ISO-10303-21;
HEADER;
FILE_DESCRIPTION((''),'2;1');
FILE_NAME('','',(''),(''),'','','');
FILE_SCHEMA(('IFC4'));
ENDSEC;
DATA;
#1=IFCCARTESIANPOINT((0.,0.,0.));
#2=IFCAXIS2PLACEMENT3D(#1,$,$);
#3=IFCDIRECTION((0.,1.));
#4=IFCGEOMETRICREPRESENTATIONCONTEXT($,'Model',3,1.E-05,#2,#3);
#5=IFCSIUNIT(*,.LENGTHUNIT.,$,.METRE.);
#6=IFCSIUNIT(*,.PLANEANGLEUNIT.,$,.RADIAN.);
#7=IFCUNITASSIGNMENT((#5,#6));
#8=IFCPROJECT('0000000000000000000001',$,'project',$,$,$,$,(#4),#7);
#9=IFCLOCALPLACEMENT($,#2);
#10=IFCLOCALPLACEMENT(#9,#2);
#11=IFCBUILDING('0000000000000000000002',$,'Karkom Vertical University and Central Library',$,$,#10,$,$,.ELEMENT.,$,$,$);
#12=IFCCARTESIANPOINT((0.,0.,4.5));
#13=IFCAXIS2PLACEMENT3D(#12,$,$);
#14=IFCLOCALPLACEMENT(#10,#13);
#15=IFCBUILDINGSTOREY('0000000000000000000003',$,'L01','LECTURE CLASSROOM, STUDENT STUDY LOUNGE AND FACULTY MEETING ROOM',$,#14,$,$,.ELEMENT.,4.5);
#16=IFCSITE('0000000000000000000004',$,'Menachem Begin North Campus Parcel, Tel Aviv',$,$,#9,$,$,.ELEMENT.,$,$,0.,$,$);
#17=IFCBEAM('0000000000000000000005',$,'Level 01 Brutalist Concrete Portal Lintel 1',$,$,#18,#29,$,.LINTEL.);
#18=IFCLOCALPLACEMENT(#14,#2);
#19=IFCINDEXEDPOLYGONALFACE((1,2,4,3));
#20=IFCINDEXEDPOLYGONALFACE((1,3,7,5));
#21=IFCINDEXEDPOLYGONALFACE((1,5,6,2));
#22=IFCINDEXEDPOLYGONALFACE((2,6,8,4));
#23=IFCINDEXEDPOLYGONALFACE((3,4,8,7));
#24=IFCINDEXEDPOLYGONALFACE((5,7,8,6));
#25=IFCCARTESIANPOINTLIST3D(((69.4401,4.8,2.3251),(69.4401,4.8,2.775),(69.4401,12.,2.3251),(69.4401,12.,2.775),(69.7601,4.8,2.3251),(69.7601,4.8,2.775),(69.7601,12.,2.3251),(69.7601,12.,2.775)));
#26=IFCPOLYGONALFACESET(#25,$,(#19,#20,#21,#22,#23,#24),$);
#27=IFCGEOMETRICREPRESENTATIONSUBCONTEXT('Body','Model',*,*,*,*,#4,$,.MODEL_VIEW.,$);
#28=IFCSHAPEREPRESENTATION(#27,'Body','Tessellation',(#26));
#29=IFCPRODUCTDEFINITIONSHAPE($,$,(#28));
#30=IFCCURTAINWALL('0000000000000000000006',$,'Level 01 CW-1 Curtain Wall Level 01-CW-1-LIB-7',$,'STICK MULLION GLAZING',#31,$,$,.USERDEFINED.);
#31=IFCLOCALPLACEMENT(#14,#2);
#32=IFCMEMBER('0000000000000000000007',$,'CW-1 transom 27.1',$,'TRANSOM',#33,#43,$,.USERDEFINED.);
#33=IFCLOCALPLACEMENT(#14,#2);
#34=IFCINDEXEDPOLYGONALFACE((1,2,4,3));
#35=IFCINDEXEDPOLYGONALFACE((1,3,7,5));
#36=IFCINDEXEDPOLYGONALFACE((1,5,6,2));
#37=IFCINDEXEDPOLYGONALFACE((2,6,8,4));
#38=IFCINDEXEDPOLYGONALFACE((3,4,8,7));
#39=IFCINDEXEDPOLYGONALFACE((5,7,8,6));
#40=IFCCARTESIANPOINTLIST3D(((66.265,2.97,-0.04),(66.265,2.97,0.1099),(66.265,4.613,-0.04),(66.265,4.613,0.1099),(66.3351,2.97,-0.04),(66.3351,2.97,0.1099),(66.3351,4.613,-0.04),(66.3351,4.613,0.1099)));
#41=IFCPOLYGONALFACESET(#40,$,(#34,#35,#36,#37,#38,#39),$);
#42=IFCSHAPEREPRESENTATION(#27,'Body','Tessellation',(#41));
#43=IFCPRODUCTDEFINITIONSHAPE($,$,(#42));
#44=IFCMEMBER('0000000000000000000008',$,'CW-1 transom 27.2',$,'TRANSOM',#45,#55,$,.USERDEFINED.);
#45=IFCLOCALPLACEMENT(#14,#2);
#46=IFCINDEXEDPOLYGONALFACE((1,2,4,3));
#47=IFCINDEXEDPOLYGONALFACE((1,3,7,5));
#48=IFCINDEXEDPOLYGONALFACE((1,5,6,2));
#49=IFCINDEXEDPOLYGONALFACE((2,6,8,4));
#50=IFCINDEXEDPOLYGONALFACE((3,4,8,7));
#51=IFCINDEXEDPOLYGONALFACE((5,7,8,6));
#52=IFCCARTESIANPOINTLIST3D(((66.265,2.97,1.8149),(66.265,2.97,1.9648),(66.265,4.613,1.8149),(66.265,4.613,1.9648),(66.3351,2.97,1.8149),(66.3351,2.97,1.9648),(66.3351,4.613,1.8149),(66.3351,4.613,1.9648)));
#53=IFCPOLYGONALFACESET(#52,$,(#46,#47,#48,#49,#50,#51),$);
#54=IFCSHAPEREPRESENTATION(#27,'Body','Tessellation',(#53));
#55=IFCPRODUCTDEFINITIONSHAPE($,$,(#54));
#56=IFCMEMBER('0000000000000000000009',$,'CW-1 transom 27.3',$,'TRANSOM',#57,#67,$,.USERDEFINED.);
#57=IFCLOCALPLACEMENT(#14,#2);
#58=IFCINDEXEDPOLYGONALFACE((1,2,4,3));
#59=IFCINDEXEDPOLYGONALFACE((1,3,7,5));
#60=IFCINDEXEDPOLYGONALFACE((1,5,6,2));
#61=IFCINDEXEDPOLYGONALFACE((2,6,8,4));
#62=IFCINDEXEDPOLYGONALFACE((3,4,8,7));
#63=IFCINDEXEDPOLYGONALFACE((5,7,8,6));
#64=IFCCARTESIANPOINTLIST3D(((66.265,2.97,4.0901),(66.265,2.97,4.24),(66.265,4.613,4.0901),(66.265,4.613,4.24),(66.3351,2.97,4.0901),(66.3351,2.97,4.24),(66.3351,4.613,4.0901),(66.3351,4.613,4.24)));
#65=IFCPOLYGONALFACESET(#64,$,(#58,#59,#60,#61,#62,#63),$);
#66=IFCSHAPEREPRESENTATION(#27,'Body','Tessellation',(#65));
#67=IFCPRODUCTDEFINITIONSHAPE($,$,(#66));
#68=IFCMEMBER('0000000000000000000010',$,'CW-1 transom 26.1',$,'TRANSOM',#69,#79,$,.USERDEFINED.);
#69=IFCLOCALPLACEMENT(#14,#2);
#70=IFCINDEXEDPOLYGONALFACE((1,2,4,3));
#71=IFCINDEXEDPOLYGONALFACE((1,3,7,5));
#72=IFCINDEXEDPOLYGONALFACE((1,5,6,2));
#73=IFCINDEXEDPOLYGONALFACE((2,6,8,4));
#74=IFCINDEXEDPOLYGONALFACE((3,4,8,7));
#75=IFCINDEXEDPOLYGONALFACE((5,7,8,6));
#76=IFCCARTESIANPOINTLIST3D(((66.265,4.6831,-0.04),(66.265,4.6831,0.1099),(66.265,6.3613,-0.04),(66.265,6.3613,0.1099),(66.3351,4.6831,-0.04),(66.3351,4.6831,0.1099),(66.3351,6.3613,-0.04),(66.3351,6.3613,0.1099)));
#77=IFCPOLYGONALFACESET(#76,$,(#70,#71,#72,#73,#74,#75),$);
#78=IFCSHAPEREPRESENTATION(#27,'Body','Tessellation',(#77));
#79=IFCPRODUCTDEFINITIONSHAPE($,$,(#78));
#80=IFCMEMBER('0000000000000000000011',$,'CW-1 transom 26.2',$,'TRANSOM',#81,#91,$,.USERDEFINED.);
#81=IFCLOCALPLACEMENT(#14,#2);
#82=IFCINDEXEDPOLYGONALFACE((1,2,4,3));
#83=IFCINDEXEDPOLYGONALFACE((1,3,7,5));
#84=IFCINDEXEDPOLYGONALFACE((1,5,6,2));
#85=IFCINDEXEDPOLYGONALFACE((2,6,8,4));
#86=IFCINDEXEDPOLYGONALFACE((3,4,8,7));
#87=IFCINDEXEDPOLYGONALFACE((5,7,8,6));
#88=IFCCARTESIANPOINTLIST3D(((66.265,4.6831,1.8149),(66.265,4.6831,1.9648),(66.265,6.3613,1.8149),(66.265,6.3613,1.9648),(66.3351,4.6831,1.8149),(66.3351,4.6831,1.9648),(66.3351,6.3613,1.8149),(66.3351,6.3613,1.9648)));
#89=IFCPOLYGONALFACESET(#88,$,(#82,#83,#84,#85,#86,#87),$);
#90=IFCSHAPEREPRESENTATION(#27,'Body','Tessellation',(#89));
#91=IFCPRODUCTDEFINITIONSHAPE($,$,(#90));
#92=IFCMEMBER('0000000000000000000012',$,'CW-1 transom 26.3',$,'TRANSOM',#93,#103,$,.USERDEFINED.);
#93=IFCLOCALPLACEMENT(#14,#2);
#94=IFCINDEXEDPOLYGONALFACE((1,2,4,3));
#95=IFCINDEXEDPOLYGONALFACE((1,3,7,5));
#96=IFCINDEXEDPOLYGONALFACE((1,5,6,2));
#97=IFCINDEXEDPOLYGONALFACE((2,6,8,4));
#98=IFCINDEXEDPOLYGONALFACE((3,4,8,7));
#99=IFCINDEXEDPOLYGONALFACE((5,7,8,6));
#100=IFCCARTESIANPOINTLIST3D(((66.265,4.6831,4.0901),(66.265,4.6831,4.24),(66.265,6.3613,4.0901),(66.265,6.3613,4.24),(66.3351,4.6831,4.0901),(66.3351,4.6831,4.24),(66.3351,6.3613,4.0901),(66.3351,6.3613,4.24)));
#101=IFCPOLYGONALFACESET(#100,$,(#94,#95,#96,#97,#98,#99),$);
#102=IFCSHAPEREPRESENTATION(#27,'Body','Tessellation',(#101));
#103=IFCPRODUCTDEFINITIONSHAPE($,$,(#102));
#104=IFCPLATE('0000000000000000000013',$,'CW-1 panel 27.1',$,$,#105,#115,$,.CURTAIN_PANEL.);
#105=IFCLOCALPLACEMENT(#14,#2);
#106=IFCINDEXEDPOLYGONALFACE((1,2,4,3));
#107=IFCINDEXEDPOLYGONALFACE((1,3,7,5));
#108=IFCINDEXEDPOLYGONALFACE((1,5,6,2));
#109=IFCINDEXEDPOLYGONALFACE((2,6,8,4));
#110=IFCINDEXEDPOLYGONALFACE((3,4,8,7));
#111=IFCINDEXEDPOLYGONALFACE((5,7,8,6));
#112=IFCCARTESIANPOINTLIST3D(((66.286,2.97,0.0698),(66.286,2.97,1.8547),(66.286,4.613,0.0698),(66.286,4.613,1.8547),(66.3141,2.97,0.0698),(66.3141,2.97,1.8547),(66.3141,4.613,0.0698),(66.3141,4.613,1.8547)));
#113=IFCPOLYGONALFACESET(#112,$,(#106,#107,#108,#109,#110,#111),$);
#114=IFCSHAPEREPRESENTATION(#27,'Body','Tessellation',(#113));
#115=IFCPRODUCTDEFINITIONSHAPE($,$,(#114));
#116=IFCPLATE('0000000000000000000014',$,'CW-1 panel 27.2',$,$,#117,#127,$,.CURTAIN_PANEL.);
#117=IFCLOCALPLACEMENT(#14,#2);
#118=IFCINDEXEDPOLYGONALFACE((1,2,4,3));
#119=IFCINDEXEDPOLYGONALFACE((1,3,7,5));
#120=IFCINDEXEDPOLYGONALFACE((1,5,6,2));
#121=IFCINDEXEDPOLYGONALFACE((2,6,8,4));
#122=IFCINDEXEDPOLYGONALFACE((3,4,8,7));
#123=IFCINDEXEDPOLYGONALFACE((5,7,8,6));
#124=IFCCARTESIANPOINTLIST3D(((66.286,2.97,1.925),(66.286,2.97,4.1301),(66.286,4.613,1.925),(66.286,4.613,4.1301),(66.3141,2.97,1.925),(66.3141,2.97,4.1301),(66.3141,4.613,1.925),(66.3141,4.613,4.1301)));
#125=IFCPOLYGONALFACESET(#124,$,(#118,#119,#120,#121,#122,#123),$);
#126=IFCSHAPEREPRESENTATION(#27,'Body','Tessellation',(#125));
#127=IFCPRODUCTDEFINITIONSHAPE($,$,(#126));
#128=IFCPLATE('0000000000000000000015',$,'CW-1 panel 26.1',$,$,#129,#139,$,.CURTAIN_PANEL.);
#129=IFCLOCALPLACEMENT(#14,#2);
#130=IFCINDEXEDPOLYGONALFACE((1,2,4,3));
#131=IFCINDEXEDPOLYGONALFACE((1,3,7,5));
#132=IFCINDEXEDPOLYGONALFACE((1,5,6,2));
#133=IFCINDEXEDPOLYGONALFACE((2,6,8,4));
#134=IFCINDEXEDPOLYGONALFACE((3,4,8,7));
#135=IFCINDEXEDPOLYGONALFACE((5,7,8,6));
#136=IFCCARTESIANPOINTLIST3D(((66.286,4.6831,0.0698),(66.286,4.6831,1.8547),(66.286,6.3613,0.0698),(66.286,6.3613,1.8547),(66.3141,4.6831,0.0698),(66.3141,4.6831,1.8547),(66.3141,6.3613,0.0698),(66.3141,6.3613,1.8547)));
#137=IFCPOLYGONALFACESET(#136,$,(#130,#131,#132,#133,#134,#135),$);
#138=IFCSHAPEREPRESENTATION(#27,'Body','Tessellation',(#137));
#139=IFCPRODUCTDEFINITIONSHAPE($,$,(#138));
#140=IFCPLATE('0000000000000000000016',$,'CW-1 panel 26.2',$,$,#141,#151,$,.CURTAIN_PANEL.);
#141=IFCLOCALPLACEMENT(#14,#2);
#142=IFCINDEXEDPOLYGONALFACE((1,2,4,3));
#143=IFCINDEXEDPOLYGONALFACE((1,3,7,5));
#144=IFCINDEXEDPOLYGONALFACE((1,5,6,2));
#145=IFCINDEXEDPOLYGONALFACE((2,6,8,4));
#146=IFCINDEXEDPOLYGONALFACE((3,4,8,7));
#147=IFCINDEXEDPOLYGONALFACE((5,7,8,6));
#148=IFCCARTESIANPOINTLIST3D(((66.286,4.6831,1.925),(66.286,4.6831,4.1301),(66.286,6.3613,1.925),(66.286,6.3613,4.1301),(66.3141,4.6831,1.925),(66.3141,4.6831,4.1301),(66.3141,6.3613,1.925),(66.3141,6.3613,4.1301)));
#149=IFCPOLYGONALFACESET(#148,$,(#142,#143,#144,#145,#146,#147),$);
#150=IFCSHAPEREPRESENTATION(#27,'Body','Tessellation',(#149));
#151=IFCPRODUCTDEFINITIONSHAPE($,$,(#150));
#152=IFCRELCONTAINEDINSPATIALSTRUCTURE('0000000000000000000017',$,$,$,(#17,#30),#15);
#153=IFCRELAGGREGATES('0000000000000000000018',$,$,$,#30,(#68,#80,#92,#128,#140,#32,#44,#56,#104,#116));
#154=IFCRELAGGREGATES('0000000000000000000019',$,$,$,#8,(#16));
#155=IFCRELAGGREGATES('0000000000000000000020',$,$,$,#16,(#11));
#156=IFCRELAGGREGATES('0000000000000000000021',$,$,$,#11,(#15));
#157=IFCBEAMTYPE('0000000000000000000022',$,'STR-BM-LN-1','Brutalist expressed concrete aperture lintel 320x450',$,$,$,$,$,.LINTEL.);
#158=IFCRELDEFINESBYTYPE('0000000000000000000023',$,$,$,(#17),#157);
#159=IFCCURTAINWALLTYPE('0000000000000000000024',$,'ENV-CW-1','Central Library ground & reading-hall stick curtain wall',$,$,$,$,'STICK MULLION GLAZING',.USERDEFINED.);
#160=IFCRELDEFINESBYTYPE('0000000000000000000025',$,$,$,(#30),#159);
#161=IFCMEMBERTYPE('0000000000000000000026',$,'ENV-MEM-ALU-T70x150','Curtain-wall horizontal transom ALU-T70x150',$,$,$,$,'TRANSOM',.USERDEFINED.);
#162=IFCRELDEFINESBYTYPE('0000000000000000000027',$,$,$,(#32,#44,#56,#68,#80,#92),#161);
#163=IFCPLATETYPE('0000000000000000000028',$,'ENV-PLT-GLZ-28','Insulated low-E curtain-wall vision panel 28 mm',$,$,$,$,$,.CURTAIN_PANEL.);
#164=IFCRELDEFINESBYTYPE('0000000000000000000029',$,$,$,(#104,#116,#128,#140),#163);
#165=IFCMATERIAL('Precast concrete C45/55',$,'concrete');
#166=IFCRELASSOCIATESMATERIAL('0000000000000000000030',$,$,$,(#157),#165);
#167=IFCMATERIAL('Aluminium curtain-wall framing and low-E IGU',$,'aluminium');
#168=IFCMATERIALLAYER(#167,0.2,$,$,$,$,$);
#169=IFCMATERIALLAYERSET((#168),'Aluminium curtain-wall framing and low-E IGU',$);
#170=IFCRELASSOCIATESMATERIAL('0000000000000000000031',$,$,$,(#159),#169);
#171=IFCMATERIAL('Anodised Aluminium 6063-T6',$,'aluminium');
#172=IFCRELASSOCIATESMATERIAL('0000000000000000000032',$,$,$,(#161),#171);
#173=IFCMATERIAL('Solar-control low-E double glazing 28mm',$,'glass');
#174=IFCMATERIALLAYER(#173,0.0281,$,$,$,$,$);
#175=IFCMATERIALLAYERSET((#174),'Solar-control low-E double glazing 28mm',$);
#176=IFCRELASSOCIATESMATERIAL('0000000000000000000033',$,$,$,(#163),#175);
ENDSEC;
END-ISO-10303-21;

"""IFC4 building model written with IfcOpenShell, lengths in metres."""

from ifc_helpers import new_model, si_unit, direction, frame, origin, origin_with_axes, origin_2d, place, context, subcontext, project, spatial, rectangle, extrude, source, transform, mapped, material, layer, layer_set, material_profile, profile_set, type_object, element, aggregate, save


model = new_model("IFC4")

# Units and contexts
model_context = context("Model", 3, precision=1e-05, world=origin(), true_north=direction((0.0, 1.0)))
body_context = subcontext(model_context, "Body", "Model", "MODEL_VIEW")
ifc_project = project(units=[si_unit("LENGTHUNIT", "METRE"), si_unit("PLANEANGLEUNIT", "RADIAN")], contexts=[model_context])

# Site, building, storey
site_placement = place(None, origin())
site = spatial("IfcSite", under=ifc_project, at=site_placement, Name="Menachem Begin North Campus Parcel, Tel Aviv", CompositionType="ELEMENT", RefElevation=0.0)
building_placement = place(site_placement, origin())
building = spatial("IfcBuilding", under=site, at=building_placement, Name="Karkom Vertical University and Central Library", CompositionType="ELEMENT")
storey_placement = place(building_placement, frame((0.0, 0.0, 4.5)))
storey = spatial("IfcBuildingStorey", under=building, at=storey_placement, Name="L01", Description="LECTURE CLASSROOM, STUDENT STUDY LOUNGE AND FACULTY MEETING ROOM", CompositionType="ELEMENT", Elevation=4.5)

# Beam
ifc_material_1 = material(Name="Precast concrete C45/55", Category="concrete")
ifc_material_profile_1 = material_profile(ifc_material_1, rectangle(XDim=0.3201, YDim=0.45, at=origin_2d()), Name="RCL-320x450")
ifc_profile_set_1 = profile_set([ifc_material_profile_1], Name="Precast concrete C45/55")
beam_type_1 = type_object("IfcBeamType", Name="STR-BM-LN-1", Description="Brutalist expressed concrete aperture lintel 320x450", PredefinedType="LINTEL", material=ifc_profile_set_1)
shared_shape_1 = source(origin_with_axes(), body_context, "Body", "SweptSolid", [
    extrude(rectangle(XDim=0.3201, YDim=0.45, at=origin_2d()), origin(), (0.0, 0.0, 1.0), 7.2),
])
beam_1_placement = place(storey_placement, frame((69.6001, 4.8, 2.55), z_axis=(0.0, 1.0, 0.0), x_axis=(-1.0, 0.0, 0.0)))
element("IfcBeam", 1, at=beam_1_placement, inside=storey, type_object=beam_type_1, Name="Level 01 Brutalist Concrete Portal Lintel 1", PredefinedType="LINTEL", context=body_context, shape_type="MappedRepresentation", body=[
    mapped(shared_shape_1, transform((0.0, 0.0, 0.0), scale=1.0)),
])

# Curtain wall, members, plates
ifc_material_2 = material(Name="Aluminium curtain-wall framing and low-E IGU", Category="aluminium")
ifc_layer_1 = layer(ifc_material_2, 0.2)
ifc_layer_set_1 = layer_set([ifc_layer_1], Name="Aluminium curtain-wall framing and low-E IGU")
curtain_wall_type = type_object("IfcCurtainWallType", Name="ENV-CW-1", Description="Central Library ground & reading-hall stick curtain wall", ElementType="STICK MULLION GLAZING", PredefinedType="USERDEFINED", material=ifc_layer_set_1)
curtain_wall_placement = place(storey_placement, origin())
curtain_wall = element("IfcCurtainWall", 2, at=curtain_wall_placement, inside=storey, type_object=curtain_wall_type, Name="Level 01 CW-1 Curtain Wall Level 01-CW-1-LIB-7", ObjectType="STICK MULLION GLAZING", PredefinedType="USERDEFINED")
ifc_material_3 = material(Name="Anodised Aluminium 6063-T6", Category="aluminium")
ifc_material_profile_2 = material_profile(ifc_material_3, rectangle(XDim=0.0701, YDim=0.1499, at=origin_2d()), Name="ALU-T70x150")
ifc_profile_set_2 = profile_set([ifc_material_profile_2], Name="Anodised Aluminium 6063-T6")
member_type = type_object("IfcMemberType", Name="ENV-MEM-ALU-T70x150", Description="Curtain-wall horizontal transom ALU-T70x150", ElementType="TRANSOM", PredefinedType="USERDEFINED", material=ifc_profile_set_2)
shared_shape_2 = source(origin_with_axes(), body_context, "Body", "SweptSolid", [
    extrude(rectangle(XDim=0.0701, YDim=0.1499, at=origin_2d()), origin(), (0.0, 0.0, 1.0), 1.6431),
])
member_1_placement = place(storey_placement, frame((66.3, 4.613, 0.0349), z_axis=(0.0, -1.0, 0.0), x_axis=(1.0, 0.0, 0.0)))
member_1 = element("IfcMember", 3, at=member_1_placement, type_object=member_type, Name="CW-1 transom 27.1", ObjectType="TRANSOM", PredefinedType="USERDEFINED", context=body_context, shape_type="MappedRepresentation", body=[
    mapped(shared_shape_2, transform((0.0, 0.0, 0.0), scale=1.0)),
])
member_2_placement = place(storey_placement, frame((66.3, 4.613, 1.8899), z_axis=(0.0, -1.0, 0.0), x_axis=(1.0, 0.0, 0.0)))
member_2 = element("IfcMember", 4, at=member_2_placement, type_object=member_type, Name="CW-1 transom 27.2", ObjectType="TRANSOM", PredefinedType="USERDEFINED", context=body_context, shape_type="MappedRepresentation", body=[
    mapped(shared_shape_2, transform((0.0, 0.0, 0.0), scale=1.0)),
])
member_3_placement = place(storey_placement, frame((66.3, 4.613, 4.165), z_axis=(0.0, -1.0, 0.0), x_axis=(1.0, 0.0, 0.0)))
member_3 = element("IfcMember", 5, at=member_3_placement, type_object=member_type, Name="CW-1 transom 27.3", ObjectType="TRANSOM", PredefinedType="USERDEFINED", context=body_context, shape_type="MappedRepresentation", body=[
    mapped(shared_shape_2, transform((0.0, 0.0, 0.0), scale=1.0)),
])
shared_shape_3 = source(origin_with_axes(), body_context, "Body", "SweptSolid", [
    extrude(rectangle(XDim=0.0701, YDim=0.1499, at=origin_2d()), origin(), (0.0, 0.0, 1.0), 1.6782),
])
member_4_placement = place(storey_placement, frame((66.3, 6.3613, 0.0349), z_axis=(0.0, -1.0, 0.0), x_axis=(1.0, 0.0, 0.0)))
member_4 = element("IfcMember", 6, at=member_4_placement, type_object=member_type, Name="CW-1 transom 26.1", ObjectType="TRANSOM", PredefinedType="USERDEFINED", context=body_context, shape_type="MappedRepresentation", body=[
    mapped(shared_shape_3, transform((0.0, 0.0, 0.0), scale=1.0)),
])
member_5_placement = place(storey_placement, frame((66.3, 6.3613, 1.8899), z_axis=(0.0, -1.0, 0.0), x_axis=(1.0, 0.0, 0.0)))
member_5 = element("IfcMember", 7, at=member_5_placement, type_object=member_type, Name="CW-1 transom 26.2", ObjectType="TRANSOM", PredefinedType="USERDEFINED", context=body_context, shape_type="MappedRepresentation", body=[
    mapped(shared_shape_3, transform((0.0, 0.0, 0.0), scale=1.0)),
])
member_6_placement = place(storey_placement, frame((66.3, 6.3613, 4.165), z_axis=(0.0, -1.0, 0.0), x_axis=(1.0, 0.0, 0.0)))
member_6 = element("IfcMember", 8, at=member_6_placement, type_object=member_type, Name="CW-1 transom 26.3", ObjectType="TRANSOM", PredefinedType="USERDEFINED", context=body_context, shape_type="MappedRepresentation", body=[
    mapped(shared_shape_3, transform((0.0, 0.0, 0.0), scale=1.0)),
])
ifc_material_4 = material(Name="Solar-control low-E double glazing 28mm", Category="glass")
ifc_layer_2 = layer(ifc_material_4, 0.0281)
ifc_layer_set_2 = layer_set([ifc_layer_2], Name="Solar-control low-E double glazing 28mm")
plate_type = type_object("IfcPlateType", Name="ENV-PLT-GLZ-28", Description="Insulated low-E curtain-wall vision panel 28 mm", PredefinedType="CURTAIN_PANEL", material=ifc_layer_set_2)
shared_shape_4 = source(origin_with_axes(), body_context, "Body", "SweptSolid", [
    extrude(rectangle(XDim=1.6431, YDim=0.0281, at=origin_2d()), origin(), (0.0, 0.0, 1.0), 1.7849),
])
plate_1_placement = place(storey_placement, frame((66.3, 3.7915, 0.0698), z_axis=(0.0, 0.0, 1.0), x_axis=(0.0, -1.0, 0.0)))
plate_1 = element("IfcPlate", 9, at=plate_1_placement, type_object=plate_type, Name="CW-1 panel 27.1", PredefinedType="CURTAIN_PANEL", context=body_context, shape_type="MappedRepresentation", body=[
    mapped(shared_shape_4, transform((0.0, 0.0, 0.0), scale=1.0)),
])
shared_shape_5 = source(origin_with_axes(), body_context, "Body", "SweptSolid", [
    extrude(rectangle(XDim=1.6431, YDim=0.0281, at=origin_2d()), origin(), (0.0, 0.0, 1.0), 2.2051),
])
plate_2_placement = place(storey_placement, frame((66.3, 3.7915, 1.925), z_axis=(0.0, 0.0, 1.0), x_axis=(0.0, -1.0, 0.0)))
plate_2 = element("IfcPlate", 10, at=plate_2_placement, type_object=plate_type, Name="CW-1 panel 27.2", PredefinedType="CURTAIN_PANEL", context=body_context, shape_type="MappedRepresentation", body=[
    mapped(shared_shape_5, transform((0.0, 0.0, 0.0), scale=1.0)),
])
shared_shape_6 = source(origin_with_axes(), body_context, "Body", "SweptSolid", [
    extrude(rectangle(XDim=1.6782, YDim=0.0281, at=origin_2d()), origin(), (0.0, 0.0, 1.0), 1.7849),
])
plate_3_placement = place(storey_placement, frame((66.3, 5.5222, 0.0698), z_axis=(0.0, 0.0, 1.0), x_axis=(0.0, -1.0, 0.0)))
plate_3 = element("IfcPlate", 11, at=plate_3_placement, type_object=plate_type, Name="CW-1 panel 26.1", PredefinedType="CURTAIN_PANEL", context=body_context, shape_type="MappedRepresentation", body=[
    mapped(shared_shape_6, transform((0.0, 0.0, 0.0), scale=1.0)),
])
shared_shape_7 = source(origin_with_axes(), body_context, "Body", "SweptSolid", [
    extrude(rectangle(XDim=1.6782, YDim=0.0281, at=origin_2d()), origin(), (0.0, 0.0, 1.0), 2.2051),
])
plate_4_placement = place(storey_placement, frame((66.3, 5.5222, 1.925), z_axis=(0.0, 0.0, 1.0), x_axis=(0.0, -1.0, 0.0)))
plate_4 = element("IfcPlate", 12, at=plate_4_placement, type_object=plate_type, Name="CW-1 panel 26.2", PredefinedType="CURTAIN_PANEL", context=body_context, shape_type="MappedRepresentation", body=[
    mapped(shared_shape_7, transform((0.0, 0.0, 0.0), scale=1.0)),
])
aggregate(curtain_wall, [member_4, member_5, member_6, plate_3, plate_4, member_1, member_2, member_3, plate_1, plate_2])

save(model, "model.ifc")
